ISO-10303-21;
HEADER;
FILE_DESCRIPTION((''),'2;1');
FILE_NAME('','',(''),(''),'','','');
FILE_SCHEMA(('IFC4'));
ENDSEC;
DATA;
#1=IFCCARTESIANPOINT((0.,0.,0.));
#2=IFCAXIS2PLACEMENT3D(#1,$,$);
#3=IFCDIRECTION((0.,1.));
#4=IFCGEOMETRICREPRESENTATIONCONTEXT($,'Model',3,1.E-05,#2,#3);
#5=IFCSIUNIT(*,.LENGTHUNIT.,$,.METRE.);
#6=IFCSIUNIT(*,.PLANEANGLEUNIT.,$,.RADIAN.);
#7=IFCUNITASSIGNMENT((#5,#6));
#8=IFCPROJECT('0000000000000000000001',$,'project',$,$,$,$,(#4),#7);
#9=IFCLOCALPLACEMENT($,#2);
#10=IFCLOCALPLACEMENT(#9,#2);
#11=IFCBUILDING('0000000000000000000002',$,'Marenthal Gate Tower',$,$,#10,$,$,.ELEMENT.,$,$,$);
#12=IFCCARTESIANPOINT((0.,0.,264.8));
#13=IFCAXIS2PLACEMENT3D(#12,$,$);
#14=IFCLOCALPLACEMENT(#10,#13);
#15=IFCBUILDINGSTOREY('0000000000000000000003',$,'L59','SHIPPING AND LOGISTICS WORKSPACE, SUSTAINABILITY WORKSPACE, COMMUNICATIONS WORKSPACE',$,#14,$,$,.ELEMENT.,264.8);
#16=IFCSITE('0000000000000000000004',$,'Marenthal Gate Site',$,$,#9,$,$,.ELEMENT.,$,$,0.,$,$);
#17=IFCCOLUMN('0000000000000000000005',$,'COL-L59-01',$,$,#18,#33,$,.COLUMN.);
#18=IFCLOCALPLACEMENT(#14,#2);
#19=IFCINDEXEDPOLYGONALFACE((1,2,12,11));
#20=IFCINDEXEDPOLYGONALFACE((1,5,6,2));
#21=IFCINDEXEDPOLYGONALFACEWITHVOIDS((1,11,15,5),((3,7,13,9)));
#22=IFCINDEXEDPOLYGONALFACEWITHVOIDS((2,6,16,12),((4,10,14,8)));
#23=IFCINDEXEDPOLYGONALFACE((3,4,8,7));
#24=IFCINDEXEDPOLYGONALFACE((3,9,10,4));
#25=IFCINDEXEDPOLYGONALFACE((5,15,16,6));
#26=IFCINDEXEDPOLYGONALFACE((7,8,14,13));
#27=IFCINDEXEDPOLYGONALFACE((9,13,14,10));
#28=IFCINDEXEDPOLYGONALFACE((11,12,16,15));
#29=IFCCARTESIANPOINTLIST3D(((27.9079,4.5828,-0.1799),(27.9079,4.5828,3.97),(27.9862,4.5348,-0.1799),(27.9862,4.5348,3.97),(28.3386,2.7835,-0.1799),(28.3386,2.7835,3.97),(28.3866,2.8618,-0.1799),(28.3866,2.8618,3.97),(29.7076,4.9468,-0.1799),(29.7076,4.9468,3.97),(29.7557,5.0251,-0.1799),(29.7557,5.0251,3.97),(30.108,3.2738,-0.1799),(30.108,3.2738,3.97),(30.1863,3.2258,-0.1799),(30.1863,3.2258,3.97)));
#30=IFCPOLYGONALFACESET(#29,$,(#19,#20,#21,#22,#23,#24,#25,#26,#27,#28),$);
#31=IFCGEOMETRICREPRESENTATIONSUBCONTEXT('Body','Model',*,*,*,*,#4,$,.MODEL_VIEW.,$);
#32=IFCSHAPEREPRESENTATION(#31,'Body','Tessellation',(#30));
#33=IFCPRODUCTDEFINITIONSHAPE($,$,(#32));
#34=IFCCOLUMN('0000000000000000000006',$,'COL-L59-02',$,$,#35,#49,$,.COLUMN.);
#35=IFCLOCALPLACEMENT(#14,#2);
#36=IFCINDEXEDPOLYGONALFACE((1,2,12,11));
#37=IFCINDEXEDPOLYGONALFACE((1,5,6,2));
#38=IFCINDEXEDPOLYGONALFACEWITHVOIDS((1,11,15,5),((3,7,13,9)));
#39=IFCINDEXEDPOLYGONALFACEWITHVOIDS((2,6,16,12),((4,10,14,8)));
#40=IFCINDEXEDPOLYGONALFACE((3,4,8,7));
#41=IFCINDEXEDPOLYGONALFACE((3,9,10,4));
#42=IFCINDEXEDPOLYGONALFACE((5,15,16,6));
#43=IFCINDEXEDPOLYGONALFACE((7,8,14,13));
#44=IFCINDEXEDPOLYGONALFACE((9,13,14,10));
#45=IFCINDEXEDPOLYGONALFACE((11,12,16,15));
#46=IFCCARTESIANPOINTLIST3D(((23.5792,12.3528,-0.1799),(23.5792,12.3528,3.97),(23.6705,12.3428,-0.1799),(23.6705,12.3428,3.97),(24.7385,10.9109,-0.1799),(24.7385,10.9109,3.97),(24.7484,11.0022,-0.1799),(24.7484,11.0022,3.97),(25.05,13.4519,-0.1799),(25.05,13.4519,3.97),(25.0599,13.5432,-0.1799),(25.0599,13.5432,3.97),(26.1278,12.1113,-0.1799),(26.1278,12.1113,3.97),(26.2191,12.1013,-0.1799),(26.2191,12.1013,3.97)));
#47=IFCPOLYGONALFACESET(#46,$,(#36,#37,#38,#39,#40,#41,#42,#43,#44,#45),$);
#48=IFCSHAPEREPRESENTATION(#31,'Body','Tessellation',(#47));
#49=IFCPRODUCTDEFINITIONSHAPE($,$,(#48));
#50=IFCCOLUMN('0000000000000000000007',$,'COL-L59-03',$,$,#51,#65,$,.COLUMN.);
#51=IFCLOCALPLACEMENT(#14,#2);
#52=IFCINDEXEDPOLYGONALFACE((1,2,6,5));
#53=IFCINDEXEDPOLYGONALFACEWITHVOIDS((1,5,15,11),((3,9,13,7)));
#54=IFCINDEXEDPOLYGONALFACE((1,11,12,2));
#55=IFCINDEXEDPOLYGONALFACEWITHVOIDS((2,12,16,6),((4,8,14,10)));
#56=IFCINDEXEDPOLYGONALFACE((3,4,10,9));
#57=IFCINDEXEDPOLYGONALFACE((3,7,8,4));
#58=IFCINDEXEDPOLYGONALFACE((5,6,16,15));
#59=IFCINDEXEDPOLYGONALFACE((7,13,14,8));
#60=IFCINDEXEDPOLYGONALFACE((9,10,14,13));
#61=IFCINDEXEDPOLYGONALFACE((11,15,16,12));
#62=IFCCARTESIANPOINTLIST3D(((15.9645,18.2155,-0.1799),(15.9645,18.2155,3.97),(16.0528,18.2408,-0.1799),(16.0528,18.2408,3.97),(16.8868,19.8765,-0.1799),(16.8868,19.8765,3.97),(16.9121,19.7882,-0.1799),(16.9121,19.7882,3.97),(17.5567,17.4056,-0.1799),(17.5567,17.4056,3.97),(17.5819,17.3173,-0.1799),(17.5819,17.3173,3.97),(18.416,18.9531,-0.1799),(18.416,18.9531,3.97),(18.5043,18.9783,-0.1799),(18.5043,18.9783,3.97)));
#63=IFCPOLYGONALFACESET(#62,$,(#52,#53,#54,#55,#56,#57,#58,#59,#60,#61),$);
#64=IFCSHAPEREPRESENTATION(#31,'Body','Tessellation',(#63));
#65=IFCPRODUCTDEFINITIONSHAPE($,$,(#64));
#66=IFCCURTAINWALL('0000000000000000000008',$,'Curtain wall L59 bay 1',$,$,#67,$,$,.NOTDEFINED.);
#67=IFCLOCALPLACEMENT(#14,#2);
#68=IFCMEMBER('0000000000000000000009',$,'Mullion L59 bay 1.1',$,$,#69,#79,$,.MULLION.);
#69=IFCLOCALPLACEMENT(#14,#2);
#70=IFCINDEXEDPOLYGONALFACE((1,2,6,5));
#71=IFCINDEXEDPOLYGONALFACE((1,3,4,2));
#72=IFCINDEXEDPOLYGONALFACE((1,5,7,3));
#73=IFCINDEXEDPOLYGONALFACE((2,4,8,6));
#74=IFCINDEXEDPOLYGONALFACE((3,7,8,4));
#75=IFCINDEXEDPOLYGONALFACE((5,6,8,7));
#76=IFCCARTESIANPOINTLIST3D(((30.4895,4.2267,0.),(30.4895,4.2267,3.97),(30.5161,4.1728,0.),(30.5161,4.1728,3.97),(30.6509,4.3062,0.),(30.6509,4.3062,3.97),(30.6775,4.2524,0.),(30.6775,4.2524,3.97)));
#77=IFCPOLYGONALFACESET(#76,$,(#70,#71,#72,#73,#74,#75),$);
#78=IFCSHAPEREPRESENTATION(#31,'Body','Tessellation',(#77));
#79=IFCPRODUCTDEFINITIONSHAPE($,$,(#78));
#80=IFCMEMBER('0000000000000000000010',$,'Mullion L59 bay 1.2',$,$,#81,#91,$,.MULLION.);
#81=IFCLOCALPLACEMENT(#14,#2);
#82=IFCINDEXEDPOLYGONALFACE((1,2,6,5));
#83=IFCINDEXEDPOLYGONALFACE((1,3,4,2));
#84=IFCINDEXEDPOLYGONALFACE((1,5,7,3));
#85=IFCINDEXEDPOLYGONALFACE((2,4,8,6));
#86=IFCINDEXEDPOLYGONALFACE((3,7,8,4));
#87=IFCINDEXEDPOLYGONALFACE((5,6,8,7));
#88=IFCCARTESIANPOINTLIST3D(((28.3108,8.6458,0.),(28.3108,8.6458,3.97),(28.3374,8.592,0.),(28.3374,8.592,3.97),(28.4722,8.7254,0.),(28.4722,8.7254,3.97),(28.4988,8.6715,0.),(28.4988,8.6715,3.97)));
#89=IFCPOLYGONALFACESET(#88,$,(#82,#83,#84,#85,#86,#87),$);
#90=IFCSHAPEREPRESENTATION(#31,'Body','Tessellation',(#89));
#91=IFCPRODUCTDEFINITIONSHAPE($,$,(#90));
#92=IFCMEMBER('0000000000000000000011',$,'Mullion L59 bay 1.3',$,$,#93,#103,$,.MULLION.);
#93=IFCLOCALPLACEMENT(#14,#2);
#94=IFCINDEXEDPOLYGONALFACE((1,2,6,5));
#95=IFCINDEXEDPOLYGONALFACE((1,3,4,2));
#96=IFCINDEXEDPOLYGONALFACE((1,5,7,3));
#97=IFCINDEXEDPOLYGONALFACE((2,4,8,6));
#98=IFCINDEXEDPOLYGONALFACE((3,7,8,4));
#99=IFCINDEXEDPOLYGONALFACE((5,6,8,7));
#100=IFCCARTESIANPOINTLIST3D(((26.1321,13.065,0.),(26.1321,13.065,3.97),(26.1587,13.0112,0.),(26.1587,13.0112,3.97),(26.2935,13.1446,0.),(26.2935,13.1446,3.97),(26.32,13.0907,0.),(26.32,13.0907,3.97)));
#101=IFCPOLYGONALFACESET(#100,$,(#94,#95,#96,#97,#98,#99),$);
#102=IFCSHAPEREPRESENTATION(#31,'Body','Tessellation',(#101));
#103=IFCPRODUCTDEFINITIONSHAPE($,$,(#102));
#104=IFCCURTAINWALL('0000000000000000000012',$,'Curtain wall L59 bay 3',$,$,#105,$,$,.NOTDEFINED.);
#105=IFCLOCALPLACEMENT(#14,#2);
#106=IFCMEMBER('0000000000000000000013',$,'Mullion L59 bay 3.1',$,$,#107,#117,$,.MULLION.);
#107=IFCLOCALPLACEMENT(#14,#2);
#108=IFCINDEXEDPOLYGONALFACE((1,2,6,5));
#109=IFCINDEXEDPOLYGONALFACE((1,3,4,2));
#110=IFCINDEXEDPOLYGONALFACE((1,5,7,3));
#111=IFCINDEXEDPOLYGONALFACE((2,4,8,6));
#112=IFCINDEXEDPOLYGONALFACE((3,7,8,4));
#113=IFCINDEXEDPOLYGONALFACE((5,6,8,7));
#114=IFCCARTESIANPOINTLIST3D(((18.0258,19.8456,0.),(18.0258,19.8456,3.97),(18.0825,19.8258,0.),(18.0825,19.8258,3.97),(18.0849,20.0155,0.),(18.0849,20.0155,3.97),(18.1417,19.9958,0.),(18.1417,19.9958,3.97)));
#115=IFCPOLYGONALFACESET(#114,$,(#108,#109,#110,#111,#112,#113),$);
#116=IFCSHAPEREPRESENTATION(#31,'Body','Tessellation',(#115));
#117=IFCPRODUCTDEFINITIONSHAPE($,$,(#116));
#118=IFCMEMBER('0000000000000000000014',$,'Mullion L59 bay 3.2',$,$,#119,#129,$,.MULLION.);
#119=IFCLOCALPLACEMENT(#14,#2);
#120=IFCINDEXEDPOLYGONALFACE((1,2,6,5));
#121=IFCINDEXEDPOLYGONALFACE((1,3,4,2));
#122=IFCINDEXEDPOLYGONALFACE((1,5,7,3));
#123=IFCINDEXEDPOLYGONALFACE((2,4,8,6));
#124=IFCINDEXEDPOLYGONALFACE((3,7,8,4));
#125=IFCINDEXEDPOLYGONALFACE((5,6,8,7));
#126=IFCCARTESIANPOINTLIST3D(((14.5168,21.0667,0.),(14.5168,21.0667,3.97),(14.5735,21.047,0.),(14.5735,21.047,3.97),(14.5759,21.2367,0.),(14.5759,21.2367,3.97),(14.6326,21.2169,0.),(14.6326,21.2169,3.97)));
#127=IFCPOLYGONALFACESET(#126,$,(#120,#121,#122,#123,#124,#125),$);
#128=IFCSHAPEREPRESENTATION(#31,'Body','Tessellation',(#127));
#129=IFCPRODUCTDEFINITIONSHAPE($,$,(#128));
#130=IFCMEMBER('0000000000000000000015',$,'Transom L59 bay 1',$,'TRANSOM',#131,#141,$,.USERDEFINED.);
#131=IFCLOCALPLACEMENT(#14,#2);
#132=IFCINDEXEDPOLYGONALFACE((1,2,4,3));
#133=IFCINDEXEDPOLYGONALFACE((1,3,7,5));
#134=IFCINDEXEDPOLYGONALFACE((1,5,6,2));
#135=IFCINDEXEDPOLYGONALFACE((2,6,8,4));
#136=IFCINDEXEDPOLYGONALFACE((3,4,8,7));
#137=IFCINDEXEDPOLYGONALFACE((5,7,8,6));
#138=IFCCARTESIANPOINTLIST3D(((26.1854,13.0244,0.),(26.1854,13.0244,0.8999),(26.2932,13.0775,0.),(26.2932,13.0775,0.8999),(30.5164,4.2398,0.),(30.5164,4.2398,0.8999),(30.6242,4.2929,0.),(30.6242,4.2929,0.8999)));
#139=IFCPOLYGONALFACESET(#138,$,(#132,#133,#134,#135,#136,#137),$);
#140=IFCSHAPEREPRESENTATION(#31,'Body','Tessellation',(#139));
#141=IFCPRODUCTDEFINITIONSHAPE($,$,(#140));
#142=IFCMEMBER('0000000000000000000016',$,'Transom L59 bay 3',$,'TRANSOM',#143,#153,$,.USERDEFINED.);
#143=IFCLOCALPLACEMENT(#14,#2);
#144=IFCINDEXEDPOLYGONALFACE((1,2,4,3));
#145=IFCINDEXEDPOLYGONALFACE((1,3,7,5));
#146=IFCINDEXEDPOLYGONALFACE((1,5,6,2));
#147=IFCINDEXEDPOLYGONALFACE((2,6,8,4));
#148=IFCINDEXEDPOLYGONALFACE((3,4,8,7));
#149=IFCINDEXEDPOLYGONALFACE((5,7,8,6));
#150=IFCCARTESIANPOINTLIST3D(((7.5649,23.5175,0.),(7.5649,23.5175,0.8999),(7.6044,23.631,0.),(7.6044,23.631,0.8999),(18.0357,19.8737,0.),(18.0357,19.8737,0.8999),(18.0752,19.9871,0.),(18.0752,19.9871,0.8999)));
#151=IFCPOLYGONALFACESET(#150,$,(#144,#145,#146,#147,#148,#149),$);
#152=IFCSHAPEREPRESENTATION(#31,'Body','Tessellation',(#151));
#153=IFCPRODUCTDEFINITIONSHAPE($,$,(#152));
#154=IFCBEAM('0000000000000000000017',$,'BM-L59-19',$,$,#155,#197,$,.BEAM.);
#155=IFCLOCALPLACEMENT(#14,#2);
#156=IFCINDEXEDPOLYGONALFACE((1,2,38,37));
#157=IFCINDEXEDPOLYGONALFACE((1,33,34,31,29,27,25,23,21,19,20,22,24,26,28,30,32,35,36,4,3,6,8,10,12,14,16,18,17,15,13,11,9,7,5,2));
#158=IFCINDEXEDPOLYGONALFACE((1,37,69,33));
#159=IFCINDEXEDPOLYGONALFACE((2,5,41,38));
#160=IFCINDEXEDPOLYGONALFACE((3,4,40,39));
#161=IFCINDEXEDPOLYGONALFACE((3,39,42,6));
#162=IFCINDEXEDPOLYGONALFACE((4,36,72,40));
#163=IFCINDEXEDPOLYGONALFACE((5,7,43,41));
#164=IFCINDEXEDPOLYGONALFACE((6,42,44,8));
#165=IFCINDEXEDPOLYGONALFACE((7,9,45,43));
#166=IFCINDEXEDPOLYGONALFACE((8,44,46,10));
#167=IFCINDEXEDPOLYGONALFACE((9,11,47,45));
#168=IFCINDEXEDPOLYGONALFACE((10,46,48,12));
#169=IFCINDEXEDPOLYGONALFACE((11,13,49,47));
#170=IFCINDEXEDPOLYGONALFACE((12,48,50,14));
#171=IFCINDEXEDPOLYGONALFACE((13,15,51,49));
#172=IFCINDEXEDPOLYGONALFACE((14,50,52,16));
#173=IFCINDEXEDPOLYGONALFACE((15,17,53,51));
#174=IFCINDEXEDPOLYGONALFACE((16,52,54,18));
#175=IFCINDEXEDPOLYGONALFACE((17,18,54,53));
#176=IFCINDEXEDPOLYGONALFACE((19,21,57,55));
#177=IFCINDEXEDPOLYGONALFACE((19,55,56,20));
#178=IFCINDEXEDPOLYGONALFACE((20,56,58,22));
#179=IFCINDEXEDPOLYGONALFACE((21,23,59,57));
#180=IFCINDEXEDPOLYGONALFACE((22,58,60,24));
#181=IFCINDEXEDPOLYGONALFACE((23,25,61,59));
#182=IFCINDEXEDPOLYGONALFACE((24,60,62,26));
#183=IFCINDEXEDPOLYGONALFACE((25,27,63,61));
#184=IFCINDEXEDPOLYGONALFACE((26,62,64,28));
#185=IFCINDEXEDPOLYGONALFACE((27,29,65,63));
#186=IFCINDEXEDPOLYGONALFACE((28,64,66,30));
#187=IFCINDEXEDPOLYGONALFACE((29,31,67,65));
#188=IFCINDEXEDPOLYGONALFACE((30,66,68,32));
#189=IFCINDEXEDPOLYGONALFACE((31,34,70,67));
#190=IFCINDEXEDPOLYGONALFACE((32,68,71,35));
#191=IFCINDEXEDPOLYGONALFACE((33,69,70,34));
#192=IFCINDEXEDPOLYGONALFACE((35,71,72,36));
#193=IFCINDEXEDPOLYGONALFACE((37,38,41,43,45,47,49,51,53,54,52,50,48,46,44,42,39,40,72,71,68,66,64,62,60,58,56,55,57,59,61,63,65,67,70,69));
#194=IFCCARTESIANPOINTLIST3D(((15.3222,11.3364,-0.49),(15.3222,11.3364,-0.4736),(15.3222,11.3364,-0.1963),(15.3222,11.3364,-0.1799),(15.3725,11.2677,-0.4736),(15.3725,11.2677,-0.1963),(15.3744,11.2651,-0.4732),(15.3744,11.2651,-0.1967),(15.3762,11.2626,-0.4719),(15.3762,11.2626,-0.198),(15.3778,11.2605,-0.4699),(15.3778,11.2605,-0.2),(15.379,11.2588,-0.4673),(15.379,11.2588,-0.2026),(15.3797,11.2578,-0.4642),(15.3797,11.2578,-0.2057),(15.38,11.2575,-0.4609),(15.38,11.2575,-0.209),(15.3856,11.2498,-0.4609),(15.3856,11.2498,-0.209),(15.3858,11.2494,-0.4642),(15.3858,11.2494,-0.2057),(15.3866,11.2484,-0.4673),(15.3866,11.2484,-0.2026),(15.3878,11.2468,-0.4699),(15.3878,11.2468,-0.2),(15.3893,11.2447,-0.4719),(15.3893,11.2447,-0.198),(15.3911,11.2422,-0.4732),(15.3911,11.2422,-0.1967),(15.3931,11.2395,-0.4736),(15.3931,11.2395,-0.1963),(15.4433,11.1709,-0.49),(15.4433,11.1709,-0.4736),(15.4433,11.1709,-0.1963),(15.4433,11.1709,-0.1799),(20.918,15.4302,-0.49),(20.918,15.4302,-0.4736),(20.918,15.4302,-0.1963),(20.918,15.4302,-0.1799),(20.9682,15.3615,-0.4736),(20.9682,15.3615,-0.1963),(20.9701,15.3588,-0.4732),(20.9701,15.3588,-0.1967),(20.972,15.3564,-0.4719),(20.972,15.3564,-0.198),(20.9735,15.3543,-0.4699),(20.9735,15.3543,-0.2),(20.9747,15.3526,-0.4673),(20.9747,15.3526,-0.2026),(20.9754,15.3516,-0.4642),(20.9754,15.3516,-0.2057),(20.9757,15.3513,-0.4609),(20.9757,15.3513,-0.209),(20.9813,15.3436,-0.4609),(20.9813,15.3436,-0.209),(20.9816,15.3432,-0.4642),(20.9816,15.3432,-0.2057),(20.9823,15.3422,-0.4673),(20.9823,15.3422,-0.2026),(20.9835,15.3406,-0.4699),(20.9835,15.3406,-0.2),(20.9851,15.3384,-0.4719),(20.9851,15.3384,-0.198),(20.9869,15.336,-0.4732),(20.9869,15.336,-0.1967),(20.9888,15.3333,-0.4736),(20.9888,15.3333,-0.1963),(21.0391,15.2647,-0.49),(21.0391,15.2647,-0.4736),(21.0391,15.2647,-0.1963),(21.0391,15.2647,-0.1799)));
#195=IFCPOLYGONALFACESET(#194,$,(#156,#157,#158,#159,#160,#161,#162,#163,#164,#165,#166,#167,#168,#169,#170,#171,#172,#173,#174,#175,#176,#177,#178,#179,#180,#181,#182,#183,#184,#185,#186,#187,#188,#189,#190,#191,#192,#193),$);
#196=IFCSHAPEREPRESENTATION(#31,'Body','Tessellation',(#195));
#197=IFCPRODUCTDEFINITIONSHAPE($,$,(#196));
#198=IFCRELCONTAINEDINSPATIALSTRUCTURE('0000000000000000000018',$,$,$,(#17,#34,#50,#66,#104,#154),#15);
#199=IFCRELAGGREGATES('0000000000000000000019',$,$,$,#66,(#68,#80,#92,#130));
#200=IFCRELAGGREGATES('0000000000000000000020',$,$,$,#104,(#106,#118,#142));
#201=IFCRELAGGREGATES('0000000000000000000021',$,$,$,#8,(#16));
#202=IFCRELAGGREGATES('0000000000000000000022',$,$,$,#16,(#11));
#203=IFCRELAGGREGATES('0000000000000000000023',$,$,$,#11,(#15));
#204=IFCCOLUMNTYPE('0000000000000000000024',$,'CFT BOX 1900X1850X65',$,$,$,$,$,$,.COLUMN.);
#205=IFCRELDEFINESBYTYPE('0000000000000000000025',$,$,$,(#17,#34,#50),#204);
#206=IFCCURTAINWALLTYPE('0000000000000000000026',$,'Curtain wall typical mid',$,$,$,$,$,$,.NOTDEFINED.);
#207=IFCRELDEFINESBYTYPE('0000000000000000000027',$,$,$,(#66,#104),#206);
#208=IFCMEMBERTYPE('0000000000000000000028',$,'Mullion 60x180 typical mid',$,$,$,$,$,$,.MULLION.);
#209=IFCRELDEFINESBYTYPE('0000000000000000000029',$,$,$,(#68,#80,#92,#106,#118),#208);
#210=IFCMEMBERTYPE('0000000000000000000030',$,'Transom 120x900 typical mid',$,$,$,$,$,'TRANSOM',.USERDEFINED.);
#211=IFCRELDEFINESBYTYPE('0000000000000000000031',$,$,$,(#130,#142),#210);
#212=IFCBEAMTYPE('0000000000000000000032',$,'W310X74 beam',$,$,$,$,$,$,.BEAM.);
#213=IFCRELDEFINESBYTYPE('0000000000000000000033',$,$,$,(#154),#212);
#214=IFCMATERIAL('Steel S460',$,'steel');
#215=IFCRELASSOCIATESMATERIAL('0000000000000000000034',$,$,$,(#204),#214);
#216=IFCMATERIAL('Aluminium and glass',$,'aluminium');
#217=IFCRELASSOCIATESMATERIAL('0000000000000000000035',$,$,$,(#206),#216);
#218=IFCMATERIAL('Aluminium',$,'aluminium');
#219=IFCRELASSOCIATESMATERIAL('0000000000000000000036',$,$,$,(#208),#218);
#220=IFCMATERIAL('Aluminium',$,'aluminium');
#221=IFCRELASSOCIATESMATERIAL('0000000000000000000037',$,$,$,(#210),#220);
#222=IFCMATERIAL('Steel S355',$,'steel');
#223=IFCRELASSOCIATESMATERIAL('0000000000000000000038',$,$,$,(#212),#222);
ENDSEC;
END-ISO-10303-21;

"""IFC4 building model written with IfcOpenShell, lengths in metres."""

from ifc_helpers import new_model, si_unit, direction, frame, origin, origin_2d, place, context, subcontext, project, spatial, rectangle, hollow_rectangle, i_section, extrude, material, material_profile, profile_set, type_object, element, aggregate, save


model = new_model("IFC4")

# Units and contexts
model_context = context("Model", 3, precision=1e-05, world=origin(), true_north=direction((0.0, 1.0)))
body_context = subcontext(model_context, "Body", "Model", "MODEL_VIEW")
ifc_project = project(units=[si_unit("LENGTHUNIT", "METRE"), si_unit("PLANEANGLEUNIT", "RADIAN")], contexts=[model_context])

# Site, building, storey
site_placement = place(None, origin())
site = spatial("IfcSite", under=ifc_project, at=site_placement, Name="Marenthal Gate Site", CompositionType="ELEMENT", RefElevation=0.0)
building_placement = place(site_placement, origin())
building = spatial("IfcBuilding", under=site, at=building_placement, Name="Marenthal Gate Tower", CompositionType="ELEMENT")
storey_placement = place(building_placement, frame((0.0, 0.0, 264.8)))
storey = spatial("IfcBuildingStorey", under=building, at=storey_placement, Name="L59", Description="SHIPPING AND LOGISTICS WORKSPACE, SUSTAINABILITY WORKSPACE, COMMUNICATIONS WORKSPACE", CompositionType="ELEMENT", Elevation=264.8)

# Columns
ifc_material_1 = material(Name="Steel S460", Category="steel")
ifc_material_profile_1 = material_profile(ifc_material_1, hollow_rectangle(XDim=1.8501, YDim=1.8999, WallThickness=0.0649, at=origin_2d()), Name="CFT BOX 1900X1850X65")
ifc_material_2 = material(Name="Concrete 70 MPa", Category="concrete")
ifc_material_profile_2 = material_profile(ifc_material_2, rectangle(XDim=1.72, YDim=1.77, at=origin_2d()), Name="CFT BOX 1900X1850X65 INFILL")
ifc_profile_set_1 = profile_set([ifc_material_profile_1, ifc_material_profile_2], Name="Steel S460 shell, Concrete 70 MPa infill")
column_type = type_object("IfcColumnType", Name="CFT BOX 1900X1850X65", PredefinedType="COLUMN", material=ifc_profile_set_1)
for number, where, z_axis, x_axis, name in (
    (1, (29.0471, 3.9043, -0.1799), (0.0, 0.0, 1.0), (0.23277, -0.972532, 0.0), "COL-L59-01"),
    (2, (24.8992, 12.2271, -0.1799), (0.0, 0.0, 1.0), (0.626593, -0.779347, 0.0), "COL-L59-02"),
    (3, (17.2344, 18.5969, -0.1799), (0.0, 0.0, 1.0), (0.874251, -0.485475, 0.0), "COL-L59-03"),
):
    element("IfcColumn", number, at=place(storey_placement, frame(where, z_axis=z_axis, x_axis=x_axis)), inside=storey, type_object=column_type, Name=name, PredefinedType="COLUMN", context=body_context, shape_type="SweptSolid", body=[
        extrude(hollow_rectangle(XDim=1.8501, YDim=1.8999, WallThickness=0.0649, at=origin_2d()), origin(), (0.0, 0.0, 1.0), 4.1499),
    ])

# Curtain walls, members
ifc_material_3 = material(Name="Aluminium and glass", Category="aluminium")
curtain_wall_type = type_object("IfcCurtainWallType", Name="Curtain wall typical mid", PredefinedType="NOTDEFINED", material=ifc_material_3)
curtain_wall_1_placement = place(storey_placement, origin())
curtain_wall_1 = element("IfcCurtainWall", 4, at=curtain_wall_1_placement, inside=storey, type_object=curtain_wall_type, Name="Curtain wall L59 bay 1", PredefinedType="NOTDEFINED")
ifc_material_4 = material(Name="Aluminium", Category="aluminium")
ifc_material_profile_3 = material_profile(ifc_material_4, rectangle(XDim=0.1799, YDim=0.0601, at=origin_2d()), Name="60x180 aluminium mullion")
ifc_profile_set_2 = profile_set([ifc_material_profile_3], Name="Aluminium")
member_type_1 = type_object("IfcMemberType", Name="Mullion 60x180 typical mid", PredefinedType="MULLION", material=ifc_profile_set_2)
member_1_placement = place(storey_placement, frame((30.5835, 4.2395, 0.0), z_axis=(0.0, 0.0, 1.0), x_axis=(-0.896921, -0.442192, 0.0)))
member_1 = element("IfcMember", 5, at=member_1_placement, type_object=member_type_1, Name="Mullion L59 bay 1.1", PredefinedType="MULLION", context=body_context, shape_type="SweptSolid", body=[
    extrude(rectangle(XDim=0.1799, YDim=0.0601, at=origin_2d()), origin(), (0.0, 0.0, 1.0), 3.97),
])
member_2_placement = place(storey_placement, frame((28.4048, 8.6587, 0.0), z_axis=(0.0, 0.0, 1.0), x_axis=(-0.896921, -0.442192, 0.0)))
member_2 = element("IfcMember", 6, at=member_2_placement, type_object=member_type_1, Name="Mullion L59 bay 1.2", PredefinedType="MULLION", context=body_context, shape_type="SweptSolid", body=[
    extrude(rectangle(XDim=0.1799, YDim=0.0601, at=origin_2d()), origin(), (0.0, 0.0, 1.0), 3.97),
])
member_3_placement = place(storey_placement, frame((26.2261, 13.0779, 0.0), z_axis=(0.0, 0.0, 1.0), x_axis=(-0.896921, -0.442192, 0.0)))
member_3 = element("IfcMember", 7, at=member_3_placement, type_object=member_type_1, Name="Mullion L59 bay 1.3", PredefinedType="MULLION", context=body_context, shape_type="SweptSolid", body=[
    extrude(rectangle(XDim=0.1799, YDim=0.0601, at=origin_2d()), origin(), (0.0, 0.0, 1.0), 3.97),
])
curtain_wall_2_placement = place(storey_placement, origin())
curtain_wall_2 = element("IfcCurtainWall", 8, at=curtain_wall_2_placement, inside=storey, type_object=curtain_wall_type, Name="Curtain wall L59 bay 3", PredefinedType="NOTDEFINED")
member_4_placement = place(storey_placement, frame((18.0837, 19.9207, 0.0), z_axis=(0.0, 0.0, 1.0), x_axis=(-0.32867, -0.944445, 0.0)))
member_4 = element("IfcMember", 9, at=member_4_placement, type_object=member_type_1, Name="Mullion L59 bay 3.1", PredefinedType="MULLION", context=body_context, shape_type="SweptSolid", body=[
    extrude(rectangle(XDim=0.1799, YDim=0.0601, at=origin_2d()), origin(), (0.0, 0.0, 1.0), 3.97),
])
member_5_placement = place(storey_placement, frame((14.5747, 21.1418, 0.0), z_axis=(0.0, 0.0, 1.0), x_axis=(-0.32867, -0.944445, 0.0)))
member_5 = element("IfcMember", 10, at=member_5_placement, type_object=member_type_1, Name="Mullion L59 bay 3.2", PredefinedType="MULLION", context=body_context, shape_type="SweptSolid", body=[
    extrude(rectangle(XDim=0.1799, YDim=0.0601, at=origin_2d()), origin(), (0.0, 0.0, 1.0), 3.97),
])

# Members
ifc_material_5 = material(Name="Aluminium", Category="aluminium")
ifc_material_profile_4 = material_profile(ifc_material_5, rectangle(XDim=0.1201, YDim=0.8999, at=origin_2d()), Name="120x900 aluminium transom")
ifc_profile_set_3 = profile_set([ifc_material_profile_4], Name="Aluminium")
member_type_2 = type_object("IfcMemberType", Name="Transom 120x900 typical mid", ElementType="TRANSOM", PredefinedType="USERDEFINED", material=ifc_profile_set_3)
member_6_placement = place(storey_placement, frame((30.5703, 4.2664, 0.45), z_axis=(-0.442201, 0.896916, 0.0), x_axis=(-0.896916, -0.442201, 0.0)))
member_6 = element("IfcMember", 11, at=member_6_placement, type_object=member_type_2, Name="Transom L59 bay 1", ObjectType="TRANSOM", PredefinedType="USERDEFINED", context=body_context, shape_type="SweptSolid", body=[
    extrude(rectangle(XDim=0.1201, YDim=0.8999, at=origin_2d()), origin(), (0.0, 0.0, 1.0), 9.7942),
])
member_7_placement = place(storey_placement, frame((18.0554, 19.9304, 0.45), z_axis=(-0.944446, 0.328667, 0.0), x_axis=(-0.328667, -0.944446, 0.0)))
member_7 = element("IfcMember", 12, at=member_7_placement, type_object=member_type_2, Name="Transom L59 bay 3", ObjectType="TRANSOM", PredefinedType="USERDEFINED", context=body_context, shape_type="SweptSolid", body=[
    extrude(rectangle(XDim=0.1201, YDim=0.8999, at=origin_2d()), origin(), (0.0, 0.0, 1.0), 11.0867),
])

# Beam
ifc_material_6 = material(Name="Steel S355", Category="steel")
ifc_material_profile_5 = material_profile(ifc_material_6, i_section(OverallWidth=0.2051, OverallDepth=0.3101, WebThickness=0.0095, FlangeThickness=0.0164, FilletRadius=0.0127, at=origin_2d()), Name="W310X74")
ifc_profile_set_4 = profile_set([ifc_material_profile_5], Name="Steel S355")
beam_type_1 = type_object("IfcBeamType", Name="W310X74 beam", PredefinedType="BEAM", material=ifc_profile_set_4)
beam_1_placement = place(storey_placement, frame((20.9785, 15.3474, -0.335), z_axis=(-0.807076, -0.590447, 0.0), x_axis=(0.590447, -0.807076, 0.0)))
element("IfcBeam", 13, at=beam_1_placement, inside=storey, type_object=beam_type_1, Name="BM-L59-19", PredefinedType="BEAM", context=body_context, shape_type="SweptSolid", body=[
    extrude(i_section(OverallWidth=0.2051, OverallDepth=0.3101, WebThickness=0.0095, FlangeThickness=0.0164, FilletRadius=0.0127, at=origin_2d()), origin(), (0.0, 0.0, 1.0), 6.9333),
])

aggregate(curtain_wall_1, [member_1, member_2, member_3, member_6])
aggregate(curtain_wall_2, [member_4, member_5, member_7])

save(model, "model.ifc")
